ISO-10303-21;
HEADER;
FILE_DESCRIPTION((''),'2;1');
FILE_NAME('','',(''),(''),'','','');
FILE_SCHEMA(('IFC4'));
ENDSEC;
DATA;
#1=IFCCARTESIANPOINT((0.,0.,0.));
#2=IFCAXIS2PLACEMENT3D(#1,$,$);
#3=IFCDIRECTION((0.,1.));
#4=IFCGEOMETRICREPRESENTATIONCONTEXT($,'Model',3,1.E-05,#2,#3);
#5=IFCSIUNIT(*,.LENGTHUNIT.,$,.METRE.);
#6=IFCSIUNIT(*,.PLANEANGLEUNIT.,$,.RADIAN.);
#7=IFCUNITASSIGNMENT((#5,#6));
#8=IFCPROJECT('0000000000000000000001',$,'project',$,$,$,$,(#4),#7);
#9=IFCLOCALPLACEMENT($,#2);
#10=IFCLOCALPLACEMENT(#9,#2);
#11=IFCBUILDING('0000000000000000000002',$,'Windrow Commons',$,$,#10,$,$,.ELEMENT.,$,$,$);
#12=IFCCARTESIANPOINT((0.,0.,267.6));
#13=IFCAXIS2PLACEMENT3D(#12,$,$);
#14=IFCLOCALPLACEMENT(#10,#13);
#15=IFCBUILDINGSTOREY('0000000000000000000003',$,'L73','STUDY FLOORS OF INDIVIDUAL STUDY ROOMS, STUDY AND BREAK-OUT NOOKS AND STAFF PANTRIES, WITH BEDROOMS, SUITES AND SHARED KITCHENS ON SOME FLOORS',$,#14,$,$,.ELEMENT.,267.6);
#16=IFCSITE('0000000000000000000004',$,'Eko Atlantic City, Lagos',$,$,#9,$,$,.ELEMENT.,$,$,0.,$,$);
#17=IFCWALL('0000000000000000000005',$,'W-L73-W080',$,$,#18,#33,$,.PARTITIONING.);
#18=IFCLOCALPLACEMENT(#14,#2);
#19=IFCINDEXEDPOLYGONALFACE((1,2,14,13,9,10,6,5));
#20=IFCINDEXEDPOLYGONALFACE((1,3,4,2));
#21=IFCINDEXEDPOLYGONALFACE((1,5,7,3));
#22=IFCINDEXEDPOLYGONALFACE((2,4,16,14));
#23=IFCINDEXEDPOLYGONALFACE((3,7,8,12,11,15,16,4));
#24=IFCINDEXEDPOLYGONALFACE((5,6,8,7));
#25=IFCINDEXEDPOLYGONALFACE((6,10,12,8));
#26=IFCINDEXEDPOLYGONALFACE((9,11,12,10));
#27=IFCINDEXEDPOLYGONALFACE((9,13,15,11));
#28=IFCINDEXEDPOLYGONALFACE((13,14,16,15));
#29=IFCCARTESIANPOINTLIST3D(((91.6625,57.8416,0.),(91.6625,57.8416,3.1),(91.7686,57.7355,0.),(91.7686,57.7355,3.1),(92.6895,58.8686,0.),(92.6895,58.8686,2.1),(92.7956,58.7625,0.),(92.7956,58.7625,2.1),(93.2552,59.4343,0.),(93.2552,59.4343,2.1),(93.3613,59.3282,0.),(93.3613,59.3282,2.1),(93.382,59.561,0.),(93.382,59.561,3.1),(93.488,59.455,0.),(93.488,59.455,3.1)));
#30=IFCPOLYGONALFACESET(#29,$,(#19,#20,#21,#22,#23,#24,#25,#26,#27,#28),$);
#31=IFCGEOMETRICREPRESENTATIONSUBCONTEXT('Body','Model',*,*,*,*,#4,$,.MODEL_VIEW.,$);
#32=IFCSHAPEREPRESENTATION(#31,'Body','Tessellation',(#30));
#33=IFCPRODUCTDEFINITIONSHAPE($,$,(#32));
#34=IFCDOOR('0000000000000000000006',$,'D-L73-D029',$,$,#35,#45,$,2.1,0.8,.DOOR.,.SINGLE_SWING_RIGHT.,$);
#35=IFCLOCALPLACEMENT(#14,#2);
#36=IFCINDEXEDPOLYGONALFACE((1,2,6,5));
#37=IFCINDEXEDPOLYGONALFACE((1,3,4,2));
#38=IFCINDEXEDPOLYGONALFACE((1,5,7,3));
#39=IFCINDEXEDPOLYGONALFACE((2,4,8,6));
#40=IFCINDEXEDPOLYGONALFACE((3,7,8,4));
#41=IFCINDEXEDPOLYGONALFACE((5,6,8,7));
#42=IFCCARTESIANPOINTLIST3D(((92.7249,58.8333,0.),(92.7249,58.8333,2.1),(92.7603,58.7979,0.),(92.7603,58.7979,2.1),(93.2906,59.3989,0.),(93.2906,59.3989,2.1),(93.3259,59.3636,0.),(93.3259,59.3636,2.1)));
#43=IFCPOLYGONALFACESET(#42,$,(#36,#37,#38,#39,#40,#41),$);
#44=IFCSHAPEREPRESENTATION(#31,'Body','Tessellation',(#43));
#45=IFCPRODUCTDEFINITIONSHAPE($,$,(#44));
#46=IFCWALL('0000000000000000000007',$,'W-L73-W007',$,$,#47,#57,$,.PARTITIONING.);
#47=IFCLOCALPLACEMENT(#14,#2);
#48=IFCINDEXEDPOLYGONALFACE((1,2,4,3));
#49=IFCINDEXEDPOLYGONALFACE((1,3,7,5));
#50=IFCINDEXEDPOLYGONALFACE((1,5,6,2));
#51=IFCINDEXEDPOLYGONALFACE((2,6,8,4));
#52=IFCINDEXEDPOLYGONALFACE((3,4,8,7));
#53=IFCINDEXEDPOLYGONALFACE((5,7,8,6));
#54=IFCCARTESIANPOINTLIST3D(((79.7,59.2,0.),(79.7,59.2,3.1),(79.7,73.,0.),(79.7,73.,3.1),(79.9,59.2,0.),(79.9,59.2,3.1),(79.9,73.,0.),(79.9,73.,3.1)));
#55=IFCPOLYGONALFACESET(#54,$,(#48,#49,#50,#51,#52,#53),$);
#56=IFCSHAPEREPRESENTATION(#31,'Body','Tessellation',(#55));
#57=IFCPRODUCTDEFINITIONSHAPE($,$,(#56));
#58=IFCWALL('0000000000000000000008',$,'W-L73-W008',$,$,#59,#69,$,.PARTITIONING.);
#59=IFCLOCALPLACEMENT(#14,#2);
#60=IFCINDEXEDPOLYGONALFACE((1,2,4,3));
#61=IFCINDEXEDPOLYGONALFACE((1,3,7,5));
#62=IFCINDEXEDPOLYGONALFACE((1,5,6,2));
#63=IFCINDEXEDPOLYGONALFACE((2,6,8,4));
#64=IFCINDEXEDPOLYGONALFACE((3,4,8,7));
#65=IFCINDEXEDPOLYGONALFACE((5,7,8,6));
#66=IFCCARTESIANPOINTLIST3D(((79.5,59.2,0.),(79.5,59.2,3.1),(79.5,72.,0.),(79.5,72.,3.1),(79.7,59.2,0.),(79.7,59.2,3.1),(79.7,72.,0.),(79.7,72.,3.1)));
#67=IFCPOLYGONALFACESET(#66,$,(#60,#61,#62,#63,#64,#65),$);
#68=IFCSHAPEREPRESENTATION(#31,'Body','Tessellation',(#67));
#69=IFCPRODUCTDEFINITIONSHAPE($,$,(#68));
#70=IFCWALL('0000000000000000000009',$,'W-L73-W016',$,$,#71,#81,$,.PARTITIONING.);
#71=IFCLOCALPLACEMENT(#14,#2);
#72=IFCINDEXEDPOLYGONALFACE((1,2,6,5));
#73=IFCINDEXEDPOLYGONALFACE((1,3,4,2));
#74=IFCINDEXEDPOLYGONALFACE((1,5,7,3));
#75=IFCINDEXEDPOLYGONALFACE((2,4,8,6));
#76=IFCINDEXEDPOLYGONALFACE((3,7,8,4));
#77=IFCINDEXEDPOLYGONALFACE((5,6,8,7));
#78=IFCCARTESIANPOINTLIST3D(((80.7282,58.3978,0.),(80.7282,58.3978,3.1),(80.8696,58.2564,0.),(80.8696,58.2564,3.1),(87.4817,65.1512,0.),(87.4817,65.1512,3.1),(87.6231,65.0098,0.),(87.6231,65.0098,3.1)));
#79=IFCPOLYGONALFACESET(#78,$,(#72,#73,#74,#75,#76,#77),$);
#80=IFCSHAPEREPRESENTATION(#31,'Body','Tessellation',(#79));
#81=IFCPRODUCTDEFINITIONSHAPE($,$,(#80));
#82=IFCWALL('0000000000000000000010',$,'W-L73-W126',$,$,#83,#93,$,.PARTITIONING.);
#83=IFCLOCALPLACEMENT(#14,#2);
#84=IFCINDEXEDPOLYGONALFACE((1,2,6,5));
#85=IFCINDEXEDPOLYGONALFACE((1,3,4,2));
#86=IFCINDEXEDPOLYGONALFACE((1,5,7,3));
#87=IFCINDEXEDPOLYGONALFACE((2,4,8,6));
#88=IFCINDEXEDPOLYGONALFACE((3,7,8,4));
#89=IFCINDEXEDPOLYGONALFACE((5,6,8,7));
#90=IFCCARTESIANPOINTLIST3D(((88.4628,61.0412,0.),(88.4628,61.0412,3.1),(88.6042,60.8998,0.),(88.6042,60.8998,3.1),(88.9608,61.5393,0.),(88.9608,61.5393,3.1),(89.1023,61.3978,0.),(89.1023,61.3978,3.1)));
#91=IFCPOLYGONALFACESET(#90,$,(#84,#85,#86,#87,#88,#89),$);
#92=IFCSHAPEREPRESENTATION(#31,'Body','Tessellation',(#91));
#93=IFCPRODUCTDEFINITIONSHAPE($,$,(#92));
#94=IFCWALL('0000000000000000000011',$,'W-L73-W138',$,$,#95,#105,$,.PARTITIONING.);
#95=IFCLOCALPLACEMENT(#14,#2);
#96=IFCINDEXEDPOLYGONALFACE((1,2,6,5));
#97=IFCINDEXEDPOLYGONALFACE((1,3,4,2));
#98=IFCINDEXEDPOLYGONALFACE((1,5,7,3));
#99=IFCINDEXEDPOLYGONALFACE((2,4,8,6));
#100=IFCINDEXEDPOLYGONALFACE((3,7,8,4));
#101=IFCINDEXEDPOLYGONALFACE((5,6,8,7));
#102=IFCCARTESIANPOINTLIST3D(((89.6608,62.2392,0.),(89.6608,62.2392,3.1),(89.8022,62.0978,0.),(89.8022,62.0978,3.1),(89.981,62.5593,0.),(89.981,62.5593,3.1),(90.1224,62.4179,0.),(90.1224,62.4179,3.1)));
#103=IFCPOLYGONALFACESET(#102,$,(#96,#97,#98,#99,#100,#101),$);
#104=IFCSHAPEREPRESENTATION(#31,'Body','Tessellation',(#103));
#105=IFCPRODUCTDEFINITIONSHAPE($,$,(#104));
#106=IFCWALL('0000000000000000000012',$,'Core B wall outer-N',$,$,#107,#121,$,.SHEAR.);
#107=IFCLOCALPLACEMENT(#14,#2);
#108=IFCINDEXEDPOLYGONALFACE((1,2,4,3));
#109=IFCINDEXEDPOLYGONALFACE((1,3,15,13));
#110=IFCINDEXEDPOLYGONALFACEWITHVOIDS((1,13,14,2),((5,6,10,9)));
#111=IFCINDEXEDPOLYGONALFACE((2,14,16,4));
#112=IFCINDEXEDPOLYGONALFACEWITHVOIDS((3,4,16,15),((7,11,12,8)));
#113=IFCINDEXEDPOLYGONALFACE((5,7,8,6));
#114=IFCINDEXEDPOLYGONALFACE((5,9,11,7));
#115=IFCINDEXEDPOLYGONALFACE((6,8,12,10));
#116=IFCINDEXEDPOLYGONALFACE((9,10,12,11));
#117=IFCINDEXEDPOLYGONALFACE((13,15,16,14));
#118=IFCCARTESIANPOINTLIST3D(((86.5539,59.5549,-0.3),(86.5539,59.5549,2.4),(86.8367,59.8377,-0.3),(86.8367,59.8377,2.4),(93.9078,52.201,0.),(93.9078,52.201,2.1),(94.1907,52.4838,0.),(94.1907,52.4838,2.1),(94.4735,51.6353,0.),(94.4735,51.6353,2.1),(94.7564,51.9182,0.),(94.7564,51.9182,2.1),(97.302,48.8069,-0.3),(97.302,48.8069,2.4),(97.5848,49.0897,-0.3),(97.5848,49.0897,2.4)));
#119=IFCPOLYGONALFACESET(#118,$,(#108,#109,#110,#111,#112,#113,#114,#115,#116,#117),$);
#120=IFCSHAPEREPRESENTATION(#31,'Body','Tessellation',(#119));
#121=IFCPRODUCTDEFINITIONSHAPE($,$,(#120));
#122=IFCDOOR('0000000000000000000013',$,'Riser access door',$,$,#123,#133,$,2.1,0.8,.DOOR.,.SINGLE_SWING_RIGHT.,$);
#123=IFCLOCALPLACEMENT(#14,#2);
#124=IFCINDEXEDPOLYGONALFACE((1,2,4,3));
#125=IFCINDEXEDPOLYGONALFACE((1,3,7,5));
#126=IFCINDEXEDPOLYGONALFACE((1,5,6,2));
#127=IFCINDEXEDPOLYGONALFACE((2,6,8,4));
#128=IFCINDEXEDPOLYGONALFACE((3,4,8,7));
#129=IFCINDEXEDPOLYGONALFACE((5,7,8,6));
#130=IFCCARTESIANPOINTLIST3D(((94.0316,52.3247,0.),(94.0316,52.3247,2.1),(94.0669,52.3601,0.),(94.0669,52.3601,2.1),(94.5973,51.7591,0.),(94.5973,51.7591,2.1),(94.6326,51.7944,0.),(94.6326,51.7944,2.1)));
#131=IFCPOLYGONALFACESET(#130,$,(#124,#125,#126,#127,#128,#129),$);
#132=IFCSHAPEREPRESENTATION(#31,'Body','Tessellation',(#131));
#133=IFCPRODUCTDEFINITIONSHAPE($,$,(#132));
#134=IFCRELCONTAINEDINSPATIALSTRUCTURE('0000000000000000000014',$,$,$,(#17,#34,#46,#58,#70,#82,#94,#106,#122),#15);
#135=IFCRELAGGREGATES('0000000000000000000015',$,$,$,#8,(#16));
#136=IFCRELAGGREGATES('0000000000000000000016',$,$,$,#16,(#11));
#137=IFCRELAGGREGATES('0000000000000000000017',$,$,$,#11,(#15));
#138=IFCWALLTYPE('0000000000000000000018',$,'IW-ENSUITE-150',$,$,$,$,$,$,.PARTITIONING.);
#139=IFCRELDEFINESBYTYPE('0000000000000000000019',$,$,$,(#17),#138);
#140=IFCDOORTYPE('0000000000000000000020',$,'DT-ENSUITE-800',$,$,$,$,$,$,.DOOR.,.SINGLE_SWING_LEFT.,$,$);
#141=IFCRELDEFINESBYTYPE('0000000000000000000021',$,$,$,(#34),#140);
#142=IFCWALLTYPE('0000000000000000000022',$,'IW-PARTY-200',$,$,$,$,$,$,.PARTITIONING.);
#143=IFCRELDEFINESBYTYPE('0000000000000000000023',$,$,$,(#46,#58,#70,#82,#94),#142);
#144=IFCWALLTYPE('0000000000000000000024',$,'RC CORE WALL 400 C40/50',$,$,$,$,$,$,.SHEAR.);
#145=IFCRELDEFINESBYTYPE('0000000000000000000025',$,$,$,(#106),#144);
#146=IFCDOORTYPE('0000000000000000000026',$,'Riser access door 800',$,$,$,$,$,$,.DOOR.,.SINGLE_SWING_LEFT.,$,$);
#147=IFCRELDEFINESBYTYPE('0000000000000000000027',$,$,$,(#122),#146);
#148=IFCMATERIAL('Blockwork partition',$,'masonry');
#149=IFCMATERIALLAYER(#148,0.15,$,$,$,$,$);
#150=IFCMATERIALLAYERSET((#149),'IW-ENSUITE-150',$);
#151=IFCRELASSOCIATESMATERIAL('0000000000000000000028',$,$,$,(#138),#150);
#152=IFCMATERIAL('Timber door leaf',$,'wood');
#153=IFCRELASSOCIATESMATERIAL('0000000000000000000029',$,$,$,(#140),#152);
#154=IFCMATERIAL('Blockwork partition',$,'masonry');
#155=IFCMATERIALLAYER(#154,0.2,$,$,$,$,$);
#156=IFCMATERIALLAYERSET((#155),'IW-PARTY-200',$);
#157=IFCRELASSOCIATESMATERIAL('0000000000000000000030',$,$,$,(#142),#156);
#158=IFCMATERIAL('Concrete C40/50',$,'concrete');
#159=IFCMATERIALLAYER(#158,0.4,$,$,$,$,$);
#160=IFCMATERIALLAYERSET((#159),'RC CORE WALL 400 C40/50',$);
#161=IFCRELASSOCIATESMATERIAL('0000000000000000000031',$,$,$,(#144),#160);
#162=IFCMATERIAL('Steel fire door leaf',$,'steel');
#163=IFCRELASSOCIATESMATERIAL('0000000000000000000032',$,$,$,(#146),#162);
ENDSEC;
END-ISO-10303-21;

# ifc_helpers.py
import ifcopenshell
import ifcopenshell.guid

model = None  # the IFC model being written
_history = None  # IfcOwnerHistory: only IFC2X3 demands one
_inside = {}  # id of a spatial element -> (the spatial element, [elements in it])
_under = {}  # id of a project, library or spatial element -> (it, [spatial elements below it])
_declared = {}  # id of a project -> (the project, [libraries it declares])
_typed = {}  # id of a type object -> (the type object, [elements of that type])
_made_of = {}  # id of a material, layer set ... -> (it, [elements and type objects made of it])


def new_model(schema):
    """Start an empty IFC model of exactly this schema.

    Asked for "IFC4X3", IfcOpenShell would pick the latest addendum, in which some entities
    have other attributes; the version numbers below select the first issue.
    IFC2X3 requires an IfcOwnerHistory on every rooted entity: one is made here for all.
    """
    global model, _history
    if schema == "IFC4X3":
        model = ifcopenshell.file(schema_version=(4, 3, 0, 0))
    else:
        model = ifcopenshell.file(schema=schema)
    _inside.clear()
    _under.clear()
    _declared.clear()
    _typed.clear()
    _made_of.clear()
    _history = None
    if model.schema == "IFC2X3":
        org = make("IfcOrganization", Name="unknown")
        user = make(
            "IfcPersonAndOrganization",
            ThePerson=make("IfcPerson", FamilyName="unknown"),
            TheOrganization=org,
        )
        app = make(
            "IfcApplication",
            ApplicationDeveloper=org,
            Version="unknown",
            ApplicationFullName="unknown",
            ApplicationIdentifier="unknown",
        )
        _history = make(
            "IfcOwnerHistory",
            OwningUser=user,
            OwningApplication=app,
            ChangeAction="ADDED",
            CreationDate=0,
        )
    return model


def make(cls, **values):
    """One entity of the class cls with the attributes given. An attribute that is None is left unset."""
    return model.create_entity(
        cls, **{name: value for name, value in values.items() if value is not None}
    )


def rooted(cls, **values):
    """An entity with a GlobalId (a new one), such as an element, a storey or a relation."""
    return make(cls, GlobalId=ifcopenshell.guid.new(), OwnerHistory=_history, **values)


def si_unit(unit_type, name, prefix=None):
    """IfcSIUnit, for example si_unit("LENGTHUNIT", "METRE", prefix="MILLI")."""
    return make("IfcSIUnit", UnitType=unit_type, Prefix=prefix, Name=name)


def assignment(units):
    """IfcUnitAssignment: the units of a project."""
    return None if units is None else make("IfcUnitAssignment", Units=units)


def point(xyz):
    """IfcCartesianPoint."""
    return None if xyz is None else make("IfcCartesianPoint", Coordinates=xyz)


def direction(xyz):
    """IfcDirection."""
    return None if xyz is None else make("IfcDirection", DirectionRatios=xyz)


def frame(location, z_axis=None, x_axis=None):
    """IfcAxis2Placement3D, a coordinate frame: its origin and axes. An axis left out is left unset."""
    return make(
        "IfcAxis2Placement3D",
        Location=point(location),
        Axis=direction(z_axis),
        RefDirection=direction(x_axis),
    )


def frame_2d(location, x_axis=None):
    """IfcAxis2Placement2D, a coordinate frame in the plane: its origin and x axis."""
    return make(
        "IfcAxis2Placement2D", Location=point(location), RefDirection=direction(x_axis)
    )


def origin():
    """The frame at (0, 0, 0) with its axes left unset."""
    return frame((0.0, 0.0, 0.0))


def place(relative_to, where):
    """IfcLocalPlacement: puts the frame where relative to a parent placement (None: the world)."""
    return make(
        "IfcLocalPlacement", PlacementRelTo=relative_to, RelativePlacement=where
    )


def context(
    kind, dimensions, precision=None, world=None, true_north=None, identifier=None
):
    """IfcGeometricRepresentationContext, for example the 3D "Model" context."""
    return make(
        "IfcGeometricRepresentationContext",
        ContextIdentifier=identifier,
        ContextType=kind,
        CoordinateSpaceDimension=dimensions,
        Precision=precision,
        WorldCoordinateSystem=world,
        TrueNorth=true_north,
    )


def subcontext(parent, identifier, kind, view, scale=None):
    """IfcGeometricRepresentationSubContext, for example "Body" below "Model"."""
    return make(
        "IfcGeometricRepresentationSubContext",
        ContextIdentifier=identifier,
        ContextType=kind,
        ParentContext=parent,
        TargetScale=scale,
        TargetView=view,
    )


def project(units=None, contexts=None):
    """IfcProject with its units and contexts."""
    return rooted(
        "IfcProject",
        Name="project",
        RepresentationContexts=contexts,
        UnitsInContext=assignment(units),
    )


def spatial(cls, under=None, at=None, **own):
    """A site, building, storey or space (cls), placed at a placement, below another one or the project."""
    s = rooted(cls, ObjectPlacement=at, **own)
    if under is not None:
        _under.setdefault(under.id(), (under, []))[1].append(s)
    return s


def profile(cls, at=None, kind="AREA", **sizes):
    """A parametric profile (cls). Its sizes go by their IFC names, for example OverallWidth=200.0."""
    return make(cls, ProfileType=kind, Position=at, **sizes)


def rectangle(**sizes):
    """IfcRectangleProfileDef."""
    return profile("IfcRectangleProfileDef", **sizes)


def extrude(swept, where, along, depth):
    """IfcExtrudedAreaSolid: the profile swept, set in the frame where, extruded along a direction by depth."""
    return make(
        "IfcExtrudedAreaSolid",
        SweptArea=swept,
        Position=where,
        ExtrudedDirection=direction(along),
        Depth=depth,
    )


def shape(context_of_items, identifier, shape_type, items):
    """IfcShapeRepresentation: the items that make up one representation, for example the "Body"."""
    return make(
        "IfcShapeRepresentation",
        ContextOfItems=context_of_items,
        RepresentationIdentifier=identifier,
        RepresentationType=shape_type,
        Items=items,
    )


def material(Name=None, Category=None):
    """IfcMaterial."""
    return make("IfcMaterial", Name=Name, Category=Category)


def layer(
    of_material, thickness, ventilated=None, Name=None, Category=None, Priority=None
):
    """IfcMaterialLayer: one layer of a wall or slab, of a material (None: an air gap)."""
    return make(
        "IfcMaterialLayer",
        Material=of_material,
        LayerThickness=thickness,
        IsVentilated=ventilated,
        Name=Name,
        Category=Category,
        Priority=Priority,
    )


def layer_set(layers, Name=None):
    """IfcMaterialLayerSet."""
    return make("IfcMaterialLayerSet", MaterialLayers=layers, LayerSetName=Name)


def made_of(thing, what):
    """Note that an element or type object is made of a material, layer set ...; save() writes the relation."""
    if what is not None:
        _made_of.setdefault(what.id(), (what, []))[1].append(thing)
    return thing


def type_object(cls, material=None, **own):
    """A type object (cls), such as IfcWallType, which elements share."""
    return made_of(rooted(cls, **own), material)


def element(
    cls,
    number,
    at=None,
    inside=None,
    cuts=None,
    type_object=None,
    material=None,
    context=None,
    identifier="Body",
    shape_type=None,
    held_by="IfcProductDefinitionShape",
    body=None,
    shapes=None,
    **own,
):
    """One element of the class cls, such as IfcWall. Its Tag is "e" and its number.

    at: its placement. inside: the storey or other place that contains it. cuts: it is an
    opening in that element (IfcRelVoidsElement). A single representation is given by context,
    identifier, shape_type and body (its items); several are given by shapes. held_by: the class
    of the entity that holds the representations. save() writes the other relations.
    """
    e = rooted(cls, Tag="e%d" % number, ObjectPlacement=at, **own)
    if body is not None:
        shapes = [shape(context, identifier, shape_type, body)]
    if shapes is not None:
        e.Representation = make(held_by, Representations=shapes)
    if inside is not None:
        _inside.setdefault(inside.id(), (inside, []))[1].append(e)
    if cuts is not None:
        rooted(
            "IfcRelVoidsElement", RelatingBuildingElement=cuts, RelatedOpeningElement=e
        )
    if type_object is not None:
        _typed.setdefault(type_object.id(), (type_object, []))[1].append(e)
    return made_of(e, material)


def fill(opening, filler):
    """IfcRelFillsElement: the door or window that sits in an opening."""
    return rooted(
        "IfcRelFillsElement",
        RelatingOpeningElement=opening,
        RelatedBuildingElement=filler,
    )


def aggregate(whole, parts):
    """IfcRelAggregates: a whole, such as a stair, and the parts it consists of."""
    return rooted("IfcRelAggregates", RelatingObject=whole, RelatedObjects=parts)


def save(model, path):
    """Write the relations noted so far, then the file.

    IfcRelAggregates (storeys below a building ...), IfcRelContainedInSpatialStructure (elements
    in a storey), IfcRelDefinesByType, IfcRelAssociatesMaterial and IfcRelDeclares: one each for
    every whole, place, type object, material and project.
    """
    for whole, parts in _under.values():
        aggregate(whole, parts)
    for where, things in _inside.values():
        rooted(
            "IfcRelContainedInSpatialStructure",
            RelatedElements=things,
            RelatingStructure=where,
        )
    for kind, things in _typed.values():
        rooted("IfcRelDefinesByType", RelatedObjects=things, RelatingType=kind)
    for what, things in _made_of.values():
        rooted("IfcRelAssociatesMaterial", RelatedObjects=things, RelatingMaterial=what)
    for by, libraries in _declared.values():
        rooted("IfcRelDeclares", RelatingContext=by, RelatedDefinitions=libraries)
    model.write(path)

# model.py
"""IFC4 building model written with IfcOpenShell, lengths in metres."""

from ifc_helpers import new_model, si_unit, direction, frame, frame_2d, origin, place, context, subcontext, project, spatial, rectangle, extrude, material, layer, layer_set, type_object, element, fill, save


model = new_model("IFC4")

# Units and contexts
model_context = context("Model", 3, precision=1e-05, world=origin(), true_north=direction((0.0, 1.0)))
body_context = subcontext(model_context, "Body", "Model", "MODEL_VIEW")
ifc_project = project(units=[si_unit("LENGTHUNIT", "METRE"), si_unit("PLANEANGLEUNIT", "RADIAN")], contexts=[model_context])

# Site, building, storey
site_placement = place(None, origin())
site = spatial("IfcSite", under=ifc_project, at=site_placement, Name="Eko Atlantic City, Lagos", CompositionType="ELEMENT", RefElevation=0.0)
building_placement = place(site_placement, origin())
building = spatial("IfcBuilding", under=site, at=building_placement, Name="Windrow Commons", CompositionType="ELEMENT")
storey_placement = place(building_placement, frame((0.0, 0.0, 267.6)))
storey = spatial("IfcBuildingStorey", under=building, at=storey_placement, Name="L73", Description="STUDY FLOORS OF INDIVIDUAL STUDY ROOMS, STUDY AND BREAK-OUT NOOKS AND STAFF PANTRIES, WITH BEDROOMS, SUITES AND SHARED KITCHENS ON SOME FLOORS", CompositionType="ELEMENT", Elevation=267.6)

# Wall, opening, door
ifc_material_1 = material(Name="Blockwork partition", Category="masonry")
ifc_layer_1 = layer(ifc_material_1, 0.15)
ifc_layer_set_1 = layer_set([ifc_layer_1], Name="IW-ENSUITE-150")
wall_type_1 = type_object("IfcWallType", Name="IW-ENSUITE-150", PredefinedType="PARTITIONING", material=ifc_layer_set_1)
wall_1_placement = place(storey_placement, frame((91.7155, 57.7885, 0.0), z_axis=(0.0, 0.0, 1.0), x_axis=(0.707107, 0.707107, 0.0)))
wall_1 = element("IfcWall", 1, at=wall_1_placement, inside=storey, type_object=wall_type_1, Name="W-L73-W080", PredefinedType="PARTITIONING", context=body_context, shape_type="SweptSolid", body=[
    extrude(rectangle(XDim=2.4317, YDim=0.15, at=frame_2d((1.2159, 0.0))), origin(), (0.0, 0.0, 1.0), 3.1),
])
opening_1_placement = place(wall_1_placement, frame((1.4525, 0.0, 0.0)))
opening_1 = element("IfcOpeningElement", 2, at=opening_1_placement, cuts=wall_1, PredefinedType="OPENING", context=body_context, shape_type="SweptSolid", body=[
    extrude(rectangle(XDim=0.8, YDim=2.1, at=frame_2d((0.4, 1.05))), frame((0.0, 0.085, 0.0), z_axis=(0.0, -1.0, 0.0), x_axis=(1.0, 0.0, 0.0)), (0.0, 0.0, 1.0), 0.17),
])
ifc_material_2 = material(Name="Timber door leaf", Category="wood")
door_type_1 = type_object("IfcDoorType", Name="DT-ENSUITE-800", OperationType="SINGLE_SWING_LEFT", PredefinedType="DOOR", material=ifc_material_2)
door_1_placement = place(opening_1_placement, origin())
door_1 = element("IfcDoor", 3, at=door_1_placement, inside=storey, type_object=door_type_1, Name="D-L73-D029", OperationType="SINGLE_SWING_RIGHT", OverallHeight=2.1, OverallWidth=0.8, PredefinedType="DOOR", context=body_context, shape_type="SweptSolid", body=[
    extrude(rectangle(XDim=0.8, YDim=2.1, at=frame_2d((0.4, 1.05))), frame((0.0, 0.025, 0.0), z_axis=(0.0, -1.0, 0.0), x_axis=(1.0, 0.0, 0.0)), (0.0, 0.0, 1.0), 0.05),
])
fill(opening_1, door_1)

# Walls
ifc_material_3 = material(Name="Blockwork partition", Category="masonry")
ifc_layer_2 = layer(ifc_material_3, 0.2)
ifc_layer_set_2 = layer_set([ifc_layer_2], Name="IW-PARTY-200")
wall_type_2 = type_object("IfcWallType", Name="IW-PARTY-200", PredefinedType="PARTITIONING", material=ifc_layer_set_2)
wall_2_placement = place(storey_placement, frame((79.8, 59.2, 0.0), z_axis=(0.0, 0.0, 1.0), x_axis=(0.0, 1.0, 0.0)))
element("IfcWall", 4, at=wall_2_placement, inside=storey, type_object=wall_type_2, Name="W-L73-W007", PredefinedType="PARTITIONING", context=body_context, shape_type="SweptSolid", body=[
    extrude(rectangle(XDim=13.8, YDim=0.2, at=frame_2d((6.9, 0.0))), origin(), (0.0, 0.0, 1.0), 3.1),
])
wall_3_placement = place(storey_placement, frame((79.6, 59.2, 0.0), z_axis=(0.0, 0.0, 1.0), x_axis=(0.0, 1.0, 0.0)))
element("IfcWall", 5, at=wall_3_placement, inside=storey, type_object=wall_type_2, Name="W-L73-W008", PredefinedType="PARTITIONING", context=body_context, shape_type="SweptSolid", body=[
    extrude(rectangle(XDim=12.8, YDim=0.2, at=frame_2d((6.4, 0.0))), origin(), (0.0, 0.0, 1.0), 3.1),
])
wall_4_placement = place(storey_placement, frame((80.7989, 58.3271, 0.0), z_axis=(0.0, 0.0, 1.0), x_axis=(0.707112, 0.707102, 0.0)))
element("IfcWall", 6, at=wall_4_placement, inside=storey, type_object=wall_type_2, Name="W-L73-W016", PredefinedType="PARTITIONING", context=body_context, shape_type="SweptSolid", body=[
    extrude(rectangle(XDim=9.5508, YDim=0.2, at=frame_2d((4.7754, 0.0))), origin(), (0.0, 0.0, 1.0), 3.1),
])
wall_5_placement = place(storey_placement, frame((88.5335, 60.9705, 0.0), z_axis=(0.0, 0.0, 1.0), x_axis=(0.707107, 0.707107, 0.0)))
element("IfcWall", 7, at=wall_5_placement, inside=storey, type_object=wall_type_2, Name="W-L73-W126", PredefinedType="PARTITIONING", context=body_context, shape_type="SweptSolid", body=[
    extrude(rectangle(XDim=0.7043, YDim=0.2, at=frame_2d((0.3522, 0.0))), origin(), (0.0, 0.0, 1.0), 3.1),
])
wall_6_placement = place(storey_placement, frame((89.7315, 62.1685, 0.0), z_axis=(0.0, 0.0, 1.0), x_axis=(0.707217, 0.706996, 0.0)))
element("IfcWall", 8, at=wall_6_placement, inside=storey, type_object=wall_type_2, Name="W-L73-W138", PredefinedType="PARTITIONING", context=body_context, shape_type="SweptSolid", body=[
    extrude(rectangle(XDim=0.4528, YDim=0.2, at=frame_2d((0.2264, 0.0))), origin(), (0.0, 0.0, 1.0), 3.1),
])

# Wall, opening, door
ifc_material_4 = material(Name="Concrete C40/50", Category="concrete")
ifc_layer_3 = layer(ifc_material_4, 0.4)
ifc_layer_set_3 = layer_set([ifc_layer_3], Name="RC CORE WALL 400 C40/50")
wall_type_3 = type_object("IfcWallType", Name="RC CORE WALL 400 C40/50", PredefinedType="SHEAR", material=ifc_layer_set_3)
wall_7_placement = place(storey_placement, frame((86.6953, 59.6963, -0.3), z_axis=(0.0, 0.0, 1.0), x_axis=(0.70711, -0.707103, 0.0)))
wall_7 = element("IfcWall", 9, at=wall_7_placement, inside=storey, type_object=wall_type_3, Name="Core B wall outer-N", PredefinedType="SHEAR", context=body_context, shape_type="SweptSolid", body=[
    extrude(rectangle(XDim=15.2, YDim=0.4, at=frame_2d((7.6, 0.0))), origin(), (0.0, 0.0, 1.0), 2.7),
])
opening_2_placement = place(wall_7_placement, frame((10.4, 0.0, 0.3)))
opening_2 = element("IfcOpeningElement", 10, at=opening_2_placement, cuts=wall_7, PredefinedType="OPENING", context=body_context, shape_type="SweptSolid", body=[
    extrude(rectangle(XDim=0.8, YDim=2.1, at=frame_2d((0.4, 1.05))), frame((0.0, 0.21, 0.0), z_axis=(0.0, -1.0, 0.0), x_axis=(1.0, 0.0, 0.0)), (0.0, 0.0, 1.0), 0.42),
])
ifc_material_5 = material(Name="Steel fire door leaf", Category="steel")
door_type_2 = type_object("IfcDoorType", Name="Riser access door 800", OperationType="SINGLE_SWING_LEFT", PredefinedType="DOOR", material=ifc_material_5)
door_2_placement = place(opening_2_placement, origin())
door_2 = element("IfcDoor", 11, at=door_2_placement, inside=storey, type_object=door_type_2, Name="Riser access door", OperationType="SINGLE_SWING_RIGHT", OverallHeight=2.1, OverallWidth=0.8, PredefinedType="DOOR", context=body_context, shape_type="SweptSolid", body=[
    extrude(rectangle(XDim=0.8, YDim=2.1, at=frame_2d((0.4, 1.05))), frame((0.0, 0.025, 0.0), z_axis=(0.0, -1.0, 0.0), x_axis=(1.0, 0.0, 0.0)), (0.0, 0.0, 1.0), 0.05),
])
fill(opening_2, door_2)

save(model, "model.ifc")
